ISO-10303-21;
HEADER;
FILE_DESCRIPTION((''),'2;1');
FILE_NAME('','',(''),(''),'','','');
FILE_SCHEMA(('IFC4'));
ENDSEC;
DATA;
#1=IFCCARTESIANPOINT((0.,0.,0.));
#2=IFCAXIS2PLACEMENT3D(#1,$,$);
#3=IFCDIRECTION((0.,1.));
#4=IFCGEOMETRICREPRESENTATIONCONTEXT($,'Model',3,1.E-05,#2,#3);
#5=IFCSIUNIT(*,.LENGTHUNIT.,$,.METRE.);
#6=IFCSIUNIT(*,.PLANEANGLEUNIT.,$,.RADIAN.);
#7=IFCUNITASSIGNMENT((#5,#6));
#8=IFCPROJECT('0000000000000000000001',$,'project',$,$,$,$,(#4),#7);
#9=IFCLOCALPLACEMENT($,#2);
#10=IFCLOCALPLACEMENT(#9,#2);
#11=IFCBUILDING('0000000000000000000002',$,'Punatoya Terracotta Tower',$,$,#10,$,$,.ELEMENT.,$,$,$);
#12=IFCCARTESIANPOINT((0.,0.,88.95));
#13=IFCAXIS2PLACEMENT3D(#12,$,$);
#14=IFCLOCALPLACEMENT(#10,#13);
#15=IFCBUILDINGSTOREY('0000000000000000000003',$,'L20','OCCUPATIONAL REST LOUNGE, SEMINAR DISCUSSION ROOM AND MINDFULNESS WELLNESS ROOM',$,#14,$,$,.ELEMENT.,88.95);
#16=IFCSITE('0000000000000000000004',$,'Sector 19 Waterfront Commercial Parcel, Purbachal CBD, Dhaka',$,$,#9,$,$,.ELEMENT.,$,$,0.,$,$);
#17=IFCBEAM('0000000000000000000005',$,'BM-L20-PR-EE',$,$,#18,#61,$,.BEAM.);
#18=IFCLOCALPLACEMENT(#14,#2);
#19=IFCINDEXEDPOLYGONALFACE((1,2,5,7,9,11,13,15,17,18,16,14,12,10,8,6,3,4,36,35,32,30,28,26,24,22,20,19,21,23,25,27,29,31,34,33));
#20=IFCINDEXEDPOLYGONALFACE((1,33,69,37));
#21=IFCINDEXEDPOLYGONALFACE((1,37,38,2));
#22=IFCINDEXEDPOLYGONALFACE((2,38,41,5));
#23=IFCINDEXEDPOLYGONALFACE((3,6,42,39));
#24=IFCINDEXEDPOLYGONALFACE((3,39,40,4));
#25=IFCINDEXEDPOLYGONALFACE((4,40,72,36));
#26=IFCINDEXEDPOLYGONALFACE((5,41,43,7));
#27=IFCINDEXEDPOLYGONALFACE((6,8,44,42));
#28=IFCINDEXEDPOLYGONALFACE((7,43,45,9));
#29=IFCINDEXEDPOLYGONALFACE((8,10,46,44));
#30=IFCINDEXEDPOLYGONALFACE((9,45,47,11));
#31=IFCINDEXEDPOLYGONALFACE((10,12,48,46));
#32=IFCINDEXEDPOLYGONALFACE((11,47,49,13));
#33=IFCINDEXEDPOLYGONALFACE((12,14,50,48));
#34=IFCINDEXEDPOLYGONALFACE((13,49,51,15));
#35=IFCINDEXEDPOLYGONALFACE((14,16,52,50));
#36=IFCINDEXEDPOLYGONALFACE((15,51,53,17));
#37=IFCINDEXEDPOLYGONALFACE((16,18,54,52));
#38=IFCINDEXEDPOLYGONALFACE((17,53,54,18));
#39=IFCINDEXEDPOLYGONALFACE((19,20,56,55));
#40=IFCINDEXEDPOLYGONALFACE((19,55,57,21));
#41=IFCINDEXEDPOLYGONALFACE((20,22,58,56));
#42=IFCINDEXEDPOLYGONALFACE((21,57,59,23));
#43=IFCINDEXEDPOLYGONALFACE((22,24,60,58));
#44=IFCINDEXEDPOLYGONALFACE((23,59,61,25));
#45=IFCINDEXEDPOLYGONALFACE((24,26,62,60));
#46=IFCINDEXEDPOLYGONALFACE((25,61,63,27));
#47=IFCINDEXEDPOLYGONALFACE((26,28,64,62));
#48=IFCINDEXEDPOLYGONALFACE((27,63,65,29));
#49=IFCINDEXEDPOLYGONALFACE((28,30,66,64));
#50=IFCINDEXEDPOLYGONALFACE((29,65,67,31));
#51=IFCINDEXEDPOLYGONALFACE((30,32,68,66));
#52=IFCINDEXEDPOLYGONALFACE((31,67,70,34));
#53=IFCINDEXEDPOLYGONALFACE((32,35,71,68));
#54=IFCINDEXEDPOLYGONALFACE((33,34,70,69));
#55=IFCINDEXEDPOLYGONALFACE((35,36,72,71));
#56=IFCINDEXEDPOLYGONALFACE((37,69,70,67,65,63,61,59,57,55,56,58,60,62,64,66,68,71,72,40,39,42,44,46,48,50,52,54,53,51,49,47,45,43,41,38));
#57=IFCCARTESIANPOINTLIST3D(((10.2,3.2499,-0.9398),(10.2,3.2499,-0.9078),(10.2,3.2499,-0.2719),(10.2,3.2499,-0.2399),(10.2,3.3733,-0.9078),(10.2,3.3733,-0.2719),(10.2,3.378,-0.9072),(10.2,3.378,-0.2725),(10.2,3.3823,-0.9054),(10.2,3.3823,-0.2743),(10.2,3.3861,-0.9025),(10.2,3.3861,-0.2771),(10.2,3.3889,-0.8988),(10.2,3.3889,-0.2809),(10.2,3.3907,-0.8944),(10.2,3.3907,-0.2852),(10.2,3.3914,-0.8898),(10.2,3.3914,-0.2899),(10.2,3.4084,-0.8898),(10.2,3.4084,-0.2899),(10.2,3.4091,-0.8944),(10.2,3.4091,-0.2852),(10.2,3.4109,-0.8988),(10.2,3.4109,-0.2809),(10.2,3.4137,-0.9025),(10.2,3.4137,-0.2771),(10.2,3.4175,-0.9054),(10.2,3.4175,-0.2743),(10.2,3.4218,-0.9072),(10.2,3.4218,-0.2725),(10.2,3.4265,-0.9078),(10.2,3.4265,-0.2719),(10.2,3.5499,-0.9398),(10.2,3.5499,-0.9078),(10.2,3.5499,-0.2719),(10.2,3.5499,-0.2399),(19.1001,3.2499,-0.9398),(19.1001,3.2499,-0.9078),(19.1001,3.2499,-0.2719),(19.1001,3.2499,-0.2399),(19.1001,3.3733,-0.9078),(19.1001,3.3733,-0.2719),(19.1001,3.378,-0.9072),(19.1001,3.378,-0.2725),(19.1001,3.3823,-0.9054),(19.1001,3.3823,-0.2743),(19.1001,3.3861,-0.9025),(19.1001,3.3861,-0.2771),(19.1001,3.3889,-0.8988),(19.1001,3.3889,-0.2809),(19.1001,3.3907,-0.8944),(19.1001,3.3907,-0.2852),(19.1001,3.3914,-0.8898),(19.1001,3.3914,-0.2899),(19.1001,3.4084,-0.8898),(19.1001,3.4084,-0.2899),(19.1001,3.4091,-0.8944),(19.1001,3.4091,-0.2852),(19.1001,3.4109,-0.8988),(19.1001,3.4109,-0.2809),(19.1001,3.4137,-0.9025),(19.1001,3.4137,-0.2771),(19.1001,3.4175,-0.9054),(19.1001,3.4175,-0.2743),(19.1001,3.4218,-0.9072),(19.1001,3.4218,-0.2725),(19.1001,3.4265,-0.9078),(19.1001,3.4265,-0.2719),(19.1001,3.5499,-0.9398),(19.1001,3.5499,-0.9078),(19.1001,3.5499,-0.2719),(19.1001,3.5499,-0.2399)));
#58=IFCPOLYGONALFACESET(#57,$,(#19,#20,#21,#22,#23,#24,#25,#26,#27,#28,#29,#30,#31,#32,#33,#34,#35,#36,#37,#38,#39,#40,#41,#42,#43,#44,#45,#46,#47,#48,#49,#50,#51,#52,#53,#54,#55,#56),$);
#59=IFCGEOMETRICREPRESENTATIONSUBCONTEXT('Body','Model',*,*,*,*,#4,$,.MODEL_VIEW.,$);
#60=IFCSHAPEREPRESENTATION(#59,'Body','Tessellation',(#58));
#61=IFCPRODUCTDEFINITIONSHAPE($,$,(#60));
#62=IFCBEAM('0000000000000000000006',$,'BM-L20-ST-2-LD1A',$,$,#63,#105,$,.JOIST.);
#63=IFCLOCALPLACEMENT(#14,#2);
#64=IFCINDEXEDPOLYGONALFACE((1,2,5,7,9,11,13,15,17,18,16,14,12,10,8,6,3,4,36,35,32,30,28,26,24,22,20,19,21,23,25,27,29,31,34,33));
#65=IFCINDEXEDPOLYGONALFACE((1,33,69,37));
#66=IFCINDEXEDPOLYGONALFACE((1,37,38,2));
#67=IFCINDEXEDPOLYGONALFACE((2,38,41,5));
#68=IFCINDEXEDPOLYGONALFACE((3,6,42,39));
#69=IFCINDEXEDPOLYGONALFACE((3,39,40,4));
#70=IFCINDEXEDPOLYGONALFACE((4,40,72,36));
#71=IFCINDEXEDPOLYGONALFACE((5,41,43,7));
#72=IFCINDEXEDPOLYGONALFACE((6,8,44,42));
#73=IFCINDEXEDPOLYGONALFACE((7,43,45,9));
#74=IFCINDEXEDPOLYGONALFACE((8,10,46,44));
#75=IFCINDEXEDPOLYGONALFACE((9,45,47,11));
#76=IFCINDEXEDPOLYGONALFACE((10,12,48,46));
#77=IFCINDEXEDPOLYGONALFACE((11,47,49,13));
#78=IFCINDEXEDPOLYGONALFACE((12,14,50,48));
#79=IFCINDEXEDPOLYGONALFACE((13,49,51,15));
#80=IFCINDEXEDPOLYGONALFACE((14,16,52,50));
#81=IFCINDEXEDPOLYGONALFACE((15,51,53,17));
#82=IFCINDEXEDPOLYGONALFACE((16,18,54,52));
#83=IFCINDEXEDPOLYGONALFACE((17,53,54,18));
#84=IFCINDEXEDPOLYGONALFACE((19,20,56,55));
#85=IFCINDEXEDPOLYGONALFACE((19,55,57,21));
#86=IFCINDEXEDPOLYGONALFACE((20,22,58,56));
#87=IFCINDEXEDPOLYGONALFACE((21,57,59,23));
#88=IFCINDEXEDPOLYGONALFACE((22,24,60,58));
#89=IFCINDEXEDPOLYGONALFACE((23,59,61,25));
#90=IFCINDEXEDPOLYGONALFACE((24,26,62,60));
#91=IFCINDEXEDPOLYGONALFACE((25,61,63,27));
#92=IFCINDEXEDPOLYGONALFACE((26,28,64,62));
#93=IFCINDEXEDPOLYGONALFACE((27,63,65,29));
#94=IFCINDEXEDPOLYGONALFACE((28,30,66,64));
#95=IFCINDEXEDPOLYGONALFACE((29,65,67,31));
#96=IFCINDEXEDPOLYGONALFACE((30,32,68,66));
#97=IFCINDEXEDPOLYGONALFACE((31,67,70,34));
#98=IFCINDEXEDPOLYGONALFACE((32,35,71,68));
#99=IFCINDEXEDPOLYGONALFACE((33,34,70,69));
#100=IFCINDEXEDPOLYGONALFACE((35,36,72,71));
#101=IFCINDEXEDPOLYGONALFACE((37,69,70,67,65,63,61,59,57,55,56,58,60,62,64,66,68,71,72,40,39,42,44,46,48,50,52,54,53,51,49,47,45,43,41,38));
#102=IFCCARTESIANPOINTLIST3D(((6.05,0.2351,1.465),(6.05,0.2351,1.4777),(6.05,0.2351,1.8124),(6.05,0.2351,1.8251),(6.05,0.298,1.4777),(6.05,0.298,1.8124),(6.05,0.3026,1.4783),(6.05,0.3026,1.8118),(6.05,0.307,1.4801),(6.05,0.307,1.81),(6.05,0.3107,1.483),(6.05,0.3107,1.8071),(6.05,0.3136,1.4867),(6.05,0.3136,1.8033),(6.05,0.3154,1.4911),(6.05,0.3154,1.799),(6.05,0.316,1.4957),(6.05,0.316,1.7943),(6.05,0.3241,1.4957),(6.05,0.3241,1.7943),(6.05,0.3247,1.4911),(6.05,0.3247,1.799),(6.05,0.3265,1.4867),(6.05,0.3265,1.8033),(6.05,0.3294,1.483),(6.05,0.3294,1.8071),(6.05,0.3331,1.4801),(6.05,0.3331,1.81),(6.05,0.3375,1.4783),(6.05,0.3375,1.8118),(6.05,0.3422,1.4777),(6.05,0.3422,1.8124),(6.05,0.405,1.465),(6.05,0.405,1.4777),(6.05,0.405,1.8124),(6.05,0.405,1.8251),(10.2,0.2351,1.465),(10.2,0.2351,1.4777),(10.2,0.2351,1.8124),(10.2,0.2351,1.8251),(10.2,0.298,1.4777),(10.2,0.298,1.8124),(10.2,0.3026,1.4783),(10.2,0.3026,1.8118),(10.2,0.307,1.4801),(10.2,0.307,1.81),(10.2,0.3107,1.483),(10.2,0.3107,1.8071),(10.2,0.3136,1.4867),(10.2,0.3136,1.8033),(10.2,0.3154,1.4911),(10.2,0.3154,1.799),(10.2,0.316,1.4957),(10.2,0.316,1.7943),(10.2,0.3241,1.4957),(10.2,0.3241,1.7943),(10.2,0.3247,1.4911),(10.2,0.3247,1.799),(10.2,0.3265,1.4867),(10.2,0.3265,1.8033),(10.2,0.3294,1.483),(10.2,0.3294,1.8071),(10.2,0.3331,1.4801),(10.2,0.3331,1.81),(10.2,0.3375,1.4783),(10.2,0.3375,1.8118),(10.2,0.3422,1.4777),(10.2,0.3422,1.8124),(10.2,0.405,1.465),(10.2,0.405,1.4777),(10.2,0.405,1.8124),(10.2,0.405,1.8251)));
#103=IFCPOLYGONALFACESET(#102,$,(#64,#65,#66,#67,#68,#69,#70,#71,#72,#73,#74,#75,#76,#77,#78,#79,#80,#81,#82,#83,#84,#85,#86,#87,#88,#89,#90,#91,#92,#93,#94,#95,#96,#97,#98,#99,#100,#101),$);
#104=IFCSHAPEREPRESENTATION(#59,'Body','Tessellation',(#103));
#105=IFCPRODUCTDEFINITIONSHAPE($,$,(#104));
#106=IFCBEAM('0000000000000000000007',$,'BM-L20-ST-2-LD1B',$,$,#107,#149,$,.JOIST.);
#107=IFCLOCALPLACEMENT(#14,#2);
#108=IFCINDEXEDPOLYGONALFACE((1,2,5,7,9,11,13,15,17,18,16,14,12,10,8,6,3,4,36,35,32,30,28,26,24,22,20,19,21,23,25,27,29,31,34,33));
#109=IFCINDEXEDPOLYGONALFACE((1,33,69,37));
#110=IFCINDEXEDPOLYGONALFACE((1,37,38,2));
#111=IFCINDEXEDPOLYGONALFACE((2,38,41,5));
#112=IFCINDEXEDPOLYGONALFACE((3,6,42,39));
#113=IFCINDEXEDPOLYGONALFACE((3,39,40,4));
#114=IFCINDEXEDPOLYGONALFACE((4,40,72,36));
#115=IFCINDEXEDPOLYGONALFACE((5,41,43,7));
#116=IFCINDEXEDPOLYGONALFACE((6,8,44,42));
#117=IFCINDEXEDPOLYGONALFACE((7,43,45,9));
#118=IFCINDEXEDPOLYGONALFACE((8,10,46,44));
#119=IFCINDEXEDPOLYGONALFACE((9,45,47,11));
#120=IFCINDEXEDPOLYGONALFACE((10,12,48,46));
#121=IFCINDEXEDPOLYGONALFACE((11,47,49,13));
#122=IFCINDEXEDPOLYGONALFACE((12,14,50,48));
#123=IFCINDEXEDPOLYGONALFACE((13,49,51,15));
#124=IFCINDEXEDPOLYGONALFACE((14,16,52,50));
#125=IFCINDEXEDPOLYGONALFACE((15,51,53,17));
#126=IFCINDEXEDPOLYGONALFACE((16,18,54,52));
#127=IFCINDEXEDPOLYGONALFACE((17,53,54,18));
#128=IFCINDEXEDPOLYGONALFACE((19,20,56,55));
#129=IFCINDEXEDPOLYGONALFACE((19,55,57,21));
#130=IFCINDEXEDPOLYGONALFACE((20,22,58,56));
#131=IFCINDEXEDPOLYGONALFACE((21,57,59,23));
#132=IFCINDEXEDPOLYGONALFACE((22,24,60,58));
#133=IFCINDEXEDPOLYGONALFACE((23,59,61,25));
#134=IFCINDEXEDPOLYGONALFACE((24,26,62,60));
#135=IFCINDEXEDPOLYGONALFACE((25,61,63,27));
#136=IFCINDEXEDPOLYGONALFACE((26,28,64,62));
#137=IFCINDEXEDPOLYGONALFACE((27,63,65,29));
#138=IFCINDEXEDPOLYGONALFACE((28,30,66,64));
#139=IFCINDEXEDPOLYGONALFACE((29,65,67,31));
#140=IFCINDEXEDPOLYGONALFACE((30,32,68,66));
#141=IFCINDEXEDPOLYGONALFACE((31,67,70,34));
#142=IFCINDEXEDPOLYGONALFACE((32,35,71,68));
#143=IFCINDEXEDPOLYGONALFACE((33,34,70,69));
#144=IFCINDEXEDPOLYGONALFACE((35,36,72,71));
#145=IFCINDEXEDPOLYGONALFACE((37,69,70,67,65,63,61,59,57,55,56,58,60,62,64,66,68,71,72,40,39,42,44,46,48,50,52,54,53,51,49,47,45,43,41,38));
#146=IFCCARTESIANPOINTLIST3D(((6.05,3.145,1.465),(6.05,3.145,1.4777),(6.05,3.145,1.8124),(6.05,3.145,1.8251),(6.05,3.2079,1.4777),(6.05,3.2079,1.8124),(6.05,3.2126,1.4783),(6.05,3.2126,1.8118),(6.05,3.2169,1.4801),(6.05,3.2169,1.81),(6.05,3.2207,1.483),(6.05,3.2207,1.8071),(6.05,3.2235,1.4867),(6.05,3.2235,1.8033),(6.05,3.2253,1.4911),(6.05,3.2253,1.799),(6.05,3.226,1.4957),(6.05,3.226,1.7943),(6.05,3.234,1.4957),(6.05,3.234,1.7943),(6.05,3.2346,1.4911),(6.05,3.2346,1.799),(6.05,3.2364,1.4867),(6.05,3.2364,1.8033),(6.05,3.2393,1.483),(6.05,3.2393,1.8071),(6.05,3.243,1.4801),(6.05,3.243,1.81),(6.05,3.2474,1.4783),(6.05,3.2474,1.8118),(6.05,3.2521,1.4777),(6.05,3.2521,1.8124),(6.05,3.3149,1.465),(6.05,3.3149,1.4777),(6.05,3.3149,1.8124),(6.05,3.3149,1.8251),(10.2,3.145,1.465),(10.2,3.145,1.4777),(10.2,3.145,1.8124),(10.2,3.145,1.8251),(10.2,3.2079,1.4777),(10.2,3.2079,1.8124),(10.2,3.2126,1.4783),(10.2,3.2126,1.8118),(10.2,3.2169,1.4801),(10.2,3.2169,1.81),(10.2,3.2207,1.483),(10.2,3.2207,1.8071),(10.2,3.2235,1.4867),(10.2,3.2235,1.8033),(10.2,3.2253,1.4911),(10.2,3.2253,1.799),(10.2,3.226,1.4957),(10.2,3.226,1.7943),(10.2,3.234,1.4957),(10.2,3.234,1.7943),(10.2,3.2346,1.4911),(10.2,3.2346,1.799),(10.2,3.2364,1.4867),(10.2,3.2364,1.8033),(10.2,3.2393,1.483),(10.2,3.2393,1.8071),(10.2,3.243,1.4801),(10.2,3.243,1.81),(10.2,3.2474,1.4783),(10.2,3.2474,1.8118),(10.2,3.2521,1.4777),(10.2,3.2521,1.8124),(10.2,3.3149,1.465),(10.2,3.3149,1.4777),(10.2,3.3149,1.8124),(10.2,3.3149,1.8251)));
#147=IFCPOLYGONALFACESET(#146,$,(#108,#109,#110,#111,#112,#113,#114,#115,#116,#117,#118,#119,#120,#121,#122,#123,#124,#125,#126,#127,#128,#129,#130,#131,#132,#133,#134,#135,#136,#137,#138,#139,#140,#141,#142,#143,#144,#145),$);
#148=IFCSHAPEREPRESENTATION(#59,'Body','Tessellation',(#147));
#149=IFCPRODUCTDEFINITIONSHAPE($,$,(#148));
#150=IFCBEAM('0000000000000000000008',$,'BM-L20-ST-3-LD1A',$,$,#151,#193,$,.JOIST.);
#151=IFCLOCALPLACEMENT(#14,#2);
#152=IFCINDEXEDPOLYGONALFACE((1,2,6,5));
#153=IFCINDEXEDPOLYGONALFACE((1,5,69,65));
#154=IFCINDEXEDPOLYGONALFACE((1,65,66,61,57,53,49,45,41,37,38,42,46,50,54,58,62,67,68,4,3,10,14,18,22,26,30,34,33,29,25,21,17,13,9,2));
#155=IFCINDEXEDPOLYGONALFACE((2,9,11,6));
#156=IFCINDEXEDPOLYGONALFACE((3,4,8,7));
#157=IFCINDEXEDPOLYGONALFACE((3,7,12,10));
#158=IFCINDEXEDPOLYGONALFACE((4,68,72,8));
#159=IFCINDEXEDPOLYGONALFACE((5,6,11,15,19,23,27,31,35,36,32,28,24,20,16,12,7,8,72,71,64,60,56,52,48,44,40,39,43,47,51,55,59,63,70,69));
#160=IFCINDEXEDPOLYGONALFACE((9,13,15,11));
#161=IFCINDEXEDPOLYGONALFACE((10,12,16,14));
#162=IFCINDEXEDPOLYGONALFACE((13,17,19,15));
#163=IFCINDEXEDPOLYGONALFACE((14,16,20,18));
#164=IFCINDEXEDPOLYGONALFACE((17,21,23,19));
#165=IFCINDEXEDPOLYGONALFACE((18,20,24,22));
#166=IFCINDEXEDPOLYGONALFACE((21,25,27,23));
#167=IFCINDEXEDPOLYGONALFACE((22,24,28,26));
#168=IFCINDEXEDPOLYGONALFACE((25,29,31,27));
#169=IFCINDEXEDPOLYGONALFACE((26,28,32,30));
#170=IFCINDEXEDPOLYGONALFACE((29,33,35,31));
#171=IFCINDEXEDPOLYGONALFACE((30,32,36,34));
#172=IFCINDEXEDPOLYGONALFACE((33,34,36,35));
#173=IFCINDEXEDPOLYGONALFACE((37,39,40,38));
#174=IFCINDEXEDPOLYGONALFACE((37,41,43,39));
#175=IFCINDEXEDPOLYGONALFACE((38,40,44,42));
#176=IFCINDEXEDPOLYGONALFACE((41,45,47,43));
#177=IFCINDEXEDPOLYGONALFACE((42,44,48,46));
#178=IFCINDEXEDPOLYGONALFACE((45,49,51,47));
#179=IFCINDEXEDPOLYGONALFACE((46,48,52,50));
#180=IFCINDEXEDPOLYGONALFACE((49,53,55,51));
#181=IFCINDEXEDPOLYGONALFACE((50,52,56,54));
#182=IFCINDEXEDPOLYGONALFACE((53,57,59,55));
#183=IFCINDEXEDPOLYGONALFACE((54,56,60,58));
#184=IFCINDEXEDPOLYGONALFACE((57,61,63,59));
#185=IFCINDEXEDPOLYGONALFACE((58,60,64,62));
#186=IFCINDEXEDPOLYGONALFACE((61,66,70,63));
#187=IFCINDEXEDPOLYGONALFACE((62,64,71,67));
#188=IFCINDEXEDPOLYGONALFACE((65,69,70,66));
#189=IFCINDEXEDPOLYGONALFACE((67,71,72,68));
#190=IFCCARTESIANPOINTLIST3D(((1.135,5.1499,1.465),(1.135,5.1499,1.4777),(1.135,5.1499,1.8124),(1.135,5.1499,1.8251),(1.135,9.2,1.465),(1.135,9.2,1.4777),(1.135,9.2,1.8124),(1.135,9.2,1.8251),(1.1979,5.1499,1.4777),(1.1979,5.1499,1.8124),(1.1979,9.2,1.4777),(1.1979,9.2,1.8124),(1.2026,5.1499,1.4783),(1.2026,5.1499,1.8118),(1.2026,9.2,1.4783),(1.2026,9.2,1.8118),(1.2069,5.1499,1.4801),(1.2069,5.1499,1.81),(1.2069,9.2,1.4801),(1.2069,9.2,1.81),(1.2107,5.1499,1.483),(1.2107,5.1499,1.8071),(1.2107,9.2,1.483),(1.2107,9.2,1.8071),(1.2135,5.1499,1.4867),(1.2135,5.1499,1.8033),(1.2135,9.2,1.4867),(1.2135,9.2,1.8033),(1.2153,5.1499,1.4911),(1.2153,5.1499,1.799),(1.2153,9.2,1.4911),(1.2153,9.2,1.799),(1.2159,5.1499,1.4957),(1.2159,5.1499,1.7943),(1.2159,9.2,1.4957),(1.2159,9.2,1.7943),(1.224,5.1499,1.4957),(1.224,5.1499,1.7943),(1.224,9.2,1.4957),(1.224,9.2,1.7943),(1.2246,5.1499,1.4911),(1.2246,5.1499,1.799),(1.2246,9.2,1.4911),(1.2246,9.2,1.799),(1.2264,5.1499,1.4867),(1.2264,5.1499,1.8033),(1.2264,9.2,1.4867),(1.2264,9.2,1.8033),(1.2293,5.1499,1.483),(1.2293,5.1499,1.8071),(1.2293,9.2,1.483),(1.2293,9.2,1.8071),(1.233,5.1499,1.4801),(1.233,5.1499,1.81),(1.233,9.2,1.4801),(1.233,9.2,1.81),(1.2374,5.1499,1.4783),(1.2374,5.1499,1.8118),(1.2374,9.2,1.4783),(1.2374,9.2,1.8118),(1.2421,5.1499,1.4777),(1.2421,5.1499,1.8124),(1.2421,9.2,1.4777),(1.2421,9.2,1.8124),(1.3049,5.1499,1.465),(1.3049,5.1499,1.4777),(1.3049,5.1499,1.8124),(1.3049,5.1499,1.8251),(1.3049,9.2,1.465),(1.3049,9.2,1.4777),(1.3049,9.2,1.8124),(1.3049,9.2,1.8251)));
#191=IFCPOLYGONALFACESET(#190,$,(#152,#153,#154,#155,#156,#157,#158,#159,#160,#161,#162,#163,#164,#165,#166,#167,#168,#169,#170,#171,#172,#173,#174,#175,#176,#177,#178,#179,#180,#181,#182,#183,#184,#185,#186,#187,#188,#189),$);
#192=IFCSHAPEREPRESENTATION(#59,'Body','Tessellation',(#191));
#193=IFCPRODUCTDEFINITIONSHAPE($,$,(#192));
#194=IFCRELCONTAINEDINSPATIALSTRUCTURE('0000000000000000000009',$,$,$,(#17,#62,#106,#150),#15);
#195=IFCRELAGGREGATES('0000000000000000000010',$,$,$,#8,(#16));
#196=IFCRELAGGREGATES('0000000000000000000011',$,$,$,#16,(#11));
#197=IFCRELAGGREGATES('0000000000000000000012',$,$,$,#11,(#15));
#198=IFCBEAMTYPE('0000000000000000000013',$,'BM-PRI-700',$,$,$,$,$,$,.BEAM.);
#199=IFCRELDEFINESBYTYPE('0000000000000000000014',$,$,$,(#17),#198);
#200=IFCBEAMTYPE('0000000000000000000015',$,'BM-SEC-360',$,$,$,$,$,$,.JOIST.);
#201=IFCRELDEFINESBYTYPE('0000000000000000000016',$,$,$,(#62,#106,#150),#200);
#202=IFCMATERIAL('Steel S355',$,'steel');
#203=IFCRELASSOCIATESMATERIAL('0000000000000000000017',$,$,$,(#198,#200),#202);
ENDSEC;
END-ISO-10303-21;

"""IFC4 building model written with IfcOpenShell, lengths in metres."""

from ifc_helpers import new_model, si_unit, direction, frame, origin, origin_2d, place, context, subcontext, project, spatial, i_section, extrude, material, material_profile, profile_set, type_object, element, save


model = new_model("IFC4")

# Units and contexts
model_context = context("Model", 3, precision=1e-05, world=origin(), true_north=direction((0.0, 1.0)))
body_context = subcontext(model_context, "Body", "Model", "MODEL_VIEW")
ifc_project = project(units=[si_unit("LENGTHUNIT", "METRE"), si_unit("PLANEANGLEUNIT", "RADIAN")], contexts=[model_context])

# Site, building, storey
site_placement = place(None, origin())
site = spatial("IfcSite", under=ifc_project, at=site_placement, Name="Sector 19 Waterfront Commercial Parcel, Purbachal CBD, Dhaka", CompositionType="ELEMENT", RefElevation=0.0)
building_placement = place(site_placement, origin())
building = spatial("IfcBuilding", under=site, at=building_placement, Name="Punatoya Terracotta Tower", CompositionType="ELEMENT")
storey_placement = place(building_placement, frame((0.0, 0.0, 88.95)))
storey = spatial("IfcBuildingStorey", under=building, at=storey_placement, Name="L20", Description="OCCUPATIONAL REST LOUNGE, SEMINAR DISCUSSION ROOM AND MINDFULNESS WELLNESS ROOM", CompositionType="ELEMENT", Elevation=88.95)

# Beams
ifc_material_1 = material(Name="Steel S355", Category="steel")
ifc_material_profile_1 = material_profile(ifc_material_1, i_section(OverallWidth=0.3, OverallDepth=0.7, WebThickness=0.0171, FlangeThickness=0.032, FilletRadius=0.0181, at=origin_2d()))
ifc_profile_set_1 = profile_set([ifc_material_profile_1], Name="Steel S355")
beam_type_1 = type_object("IfcBeamType", Name="BM-PRI-700", PredefinedType="BEAM", material=ifc_profile_set_1)
beam_placement = place(storey_placement, frame((10.2, 3.3999, -0.5898), z_axis=(1.0, 0.0, 0.0), x_axis=(0.0, 1.0, 0.0)))
element("IfcBeam", 1, at=beam_placement, inside=storey, type_object=beam_type_1, Name="BM-L20-PR-EE", PredefinedType="BEAM", context=body_context, shape_type="SweptSolid", body=[
    extrude(i_section(OverallWidth=0.3, OverallDepth=0.7, WebThickness=0.0171, FlangeThickness=0.032, FilletRadius=0.0181, at=origin_2d()), origin(), (0.0, 0.0, 1.0), 8.9001),
])
ifc_material_profile_2 = material_profile(ifc_material_1, i_section(OverallWidth=0.1699, OverallDepth=0.3601, WebThickness=0.0081, FlangeThickness=0.0127, FilletRadius=0.0181, at=origin_2d()))
ifc_profile_set_2 = profile_set([ifc_material_profile_2], Name="Steel S355")
beam_type_2 = type_object("IfcBeamType", Name="BM-SEC-360", PredefinedType="JOIST", material=ifc_profile_set_2)
for number, where, z_axis, x_axis, name in (
    (2, (6.05, 0.3201, 1.645), (1.0, 0.0, 0.0), (0.0, 1.0, 0.0), "BM-L20-ST-2-LD1A"),
    (3, (6.05, 3.23, 1.645), (1.0, 0.0, 0.0), (0.0, 1.0, 0.0), "BM-L20-ST-2-LD1B"),
):
    element("IfcBeam", number, at=place(storey_placement, frame(where, z_axis=z_axis, x_axis=x_axis)), inside=storey, type_object=beam_type_2, Name=name, PredefinedType="JOIST", context=body_context, shape_type="SweptSolid", body=[
        extrude(i_section(OverallWidth=0.1699, OverallDepth=0.3601, WebThickness=0.0081, FlangeThickness=0.0127, FilletRadius=0.0181, at=origin_2d()), origin(), (0.0, 0.0, 1.0), 4.1499),
    ])
for number, where, z_axis, x_axis, name in (
    (4, (1.22, 5.1499, 1.645), (0.0, 1.0, 0.0), (-1.0, 0.0, 0.0), "BM-L20-ST-3-LD1A"),
):
    element("IfcBeam", number, at=place(storey_placement, frame(where, z_axis=z_axis, x_axis=x_axis)), inside=storey, type_object=beam_type_2, Name=name, PredefinedType="JOIST", context=body_context, shape_type="SweptSolid", body=[
        extrude(i_section(OverallWidth=0.1699, OverallDepth=0.3601, WebThickness=0.0081, FlangeThickness=0.0127, FilletRadius=0.0181, at=origin_2d()), origin(), (0.0, 0.0, 1.0), 4.05),
    ])

save(model, "model.ifc")
